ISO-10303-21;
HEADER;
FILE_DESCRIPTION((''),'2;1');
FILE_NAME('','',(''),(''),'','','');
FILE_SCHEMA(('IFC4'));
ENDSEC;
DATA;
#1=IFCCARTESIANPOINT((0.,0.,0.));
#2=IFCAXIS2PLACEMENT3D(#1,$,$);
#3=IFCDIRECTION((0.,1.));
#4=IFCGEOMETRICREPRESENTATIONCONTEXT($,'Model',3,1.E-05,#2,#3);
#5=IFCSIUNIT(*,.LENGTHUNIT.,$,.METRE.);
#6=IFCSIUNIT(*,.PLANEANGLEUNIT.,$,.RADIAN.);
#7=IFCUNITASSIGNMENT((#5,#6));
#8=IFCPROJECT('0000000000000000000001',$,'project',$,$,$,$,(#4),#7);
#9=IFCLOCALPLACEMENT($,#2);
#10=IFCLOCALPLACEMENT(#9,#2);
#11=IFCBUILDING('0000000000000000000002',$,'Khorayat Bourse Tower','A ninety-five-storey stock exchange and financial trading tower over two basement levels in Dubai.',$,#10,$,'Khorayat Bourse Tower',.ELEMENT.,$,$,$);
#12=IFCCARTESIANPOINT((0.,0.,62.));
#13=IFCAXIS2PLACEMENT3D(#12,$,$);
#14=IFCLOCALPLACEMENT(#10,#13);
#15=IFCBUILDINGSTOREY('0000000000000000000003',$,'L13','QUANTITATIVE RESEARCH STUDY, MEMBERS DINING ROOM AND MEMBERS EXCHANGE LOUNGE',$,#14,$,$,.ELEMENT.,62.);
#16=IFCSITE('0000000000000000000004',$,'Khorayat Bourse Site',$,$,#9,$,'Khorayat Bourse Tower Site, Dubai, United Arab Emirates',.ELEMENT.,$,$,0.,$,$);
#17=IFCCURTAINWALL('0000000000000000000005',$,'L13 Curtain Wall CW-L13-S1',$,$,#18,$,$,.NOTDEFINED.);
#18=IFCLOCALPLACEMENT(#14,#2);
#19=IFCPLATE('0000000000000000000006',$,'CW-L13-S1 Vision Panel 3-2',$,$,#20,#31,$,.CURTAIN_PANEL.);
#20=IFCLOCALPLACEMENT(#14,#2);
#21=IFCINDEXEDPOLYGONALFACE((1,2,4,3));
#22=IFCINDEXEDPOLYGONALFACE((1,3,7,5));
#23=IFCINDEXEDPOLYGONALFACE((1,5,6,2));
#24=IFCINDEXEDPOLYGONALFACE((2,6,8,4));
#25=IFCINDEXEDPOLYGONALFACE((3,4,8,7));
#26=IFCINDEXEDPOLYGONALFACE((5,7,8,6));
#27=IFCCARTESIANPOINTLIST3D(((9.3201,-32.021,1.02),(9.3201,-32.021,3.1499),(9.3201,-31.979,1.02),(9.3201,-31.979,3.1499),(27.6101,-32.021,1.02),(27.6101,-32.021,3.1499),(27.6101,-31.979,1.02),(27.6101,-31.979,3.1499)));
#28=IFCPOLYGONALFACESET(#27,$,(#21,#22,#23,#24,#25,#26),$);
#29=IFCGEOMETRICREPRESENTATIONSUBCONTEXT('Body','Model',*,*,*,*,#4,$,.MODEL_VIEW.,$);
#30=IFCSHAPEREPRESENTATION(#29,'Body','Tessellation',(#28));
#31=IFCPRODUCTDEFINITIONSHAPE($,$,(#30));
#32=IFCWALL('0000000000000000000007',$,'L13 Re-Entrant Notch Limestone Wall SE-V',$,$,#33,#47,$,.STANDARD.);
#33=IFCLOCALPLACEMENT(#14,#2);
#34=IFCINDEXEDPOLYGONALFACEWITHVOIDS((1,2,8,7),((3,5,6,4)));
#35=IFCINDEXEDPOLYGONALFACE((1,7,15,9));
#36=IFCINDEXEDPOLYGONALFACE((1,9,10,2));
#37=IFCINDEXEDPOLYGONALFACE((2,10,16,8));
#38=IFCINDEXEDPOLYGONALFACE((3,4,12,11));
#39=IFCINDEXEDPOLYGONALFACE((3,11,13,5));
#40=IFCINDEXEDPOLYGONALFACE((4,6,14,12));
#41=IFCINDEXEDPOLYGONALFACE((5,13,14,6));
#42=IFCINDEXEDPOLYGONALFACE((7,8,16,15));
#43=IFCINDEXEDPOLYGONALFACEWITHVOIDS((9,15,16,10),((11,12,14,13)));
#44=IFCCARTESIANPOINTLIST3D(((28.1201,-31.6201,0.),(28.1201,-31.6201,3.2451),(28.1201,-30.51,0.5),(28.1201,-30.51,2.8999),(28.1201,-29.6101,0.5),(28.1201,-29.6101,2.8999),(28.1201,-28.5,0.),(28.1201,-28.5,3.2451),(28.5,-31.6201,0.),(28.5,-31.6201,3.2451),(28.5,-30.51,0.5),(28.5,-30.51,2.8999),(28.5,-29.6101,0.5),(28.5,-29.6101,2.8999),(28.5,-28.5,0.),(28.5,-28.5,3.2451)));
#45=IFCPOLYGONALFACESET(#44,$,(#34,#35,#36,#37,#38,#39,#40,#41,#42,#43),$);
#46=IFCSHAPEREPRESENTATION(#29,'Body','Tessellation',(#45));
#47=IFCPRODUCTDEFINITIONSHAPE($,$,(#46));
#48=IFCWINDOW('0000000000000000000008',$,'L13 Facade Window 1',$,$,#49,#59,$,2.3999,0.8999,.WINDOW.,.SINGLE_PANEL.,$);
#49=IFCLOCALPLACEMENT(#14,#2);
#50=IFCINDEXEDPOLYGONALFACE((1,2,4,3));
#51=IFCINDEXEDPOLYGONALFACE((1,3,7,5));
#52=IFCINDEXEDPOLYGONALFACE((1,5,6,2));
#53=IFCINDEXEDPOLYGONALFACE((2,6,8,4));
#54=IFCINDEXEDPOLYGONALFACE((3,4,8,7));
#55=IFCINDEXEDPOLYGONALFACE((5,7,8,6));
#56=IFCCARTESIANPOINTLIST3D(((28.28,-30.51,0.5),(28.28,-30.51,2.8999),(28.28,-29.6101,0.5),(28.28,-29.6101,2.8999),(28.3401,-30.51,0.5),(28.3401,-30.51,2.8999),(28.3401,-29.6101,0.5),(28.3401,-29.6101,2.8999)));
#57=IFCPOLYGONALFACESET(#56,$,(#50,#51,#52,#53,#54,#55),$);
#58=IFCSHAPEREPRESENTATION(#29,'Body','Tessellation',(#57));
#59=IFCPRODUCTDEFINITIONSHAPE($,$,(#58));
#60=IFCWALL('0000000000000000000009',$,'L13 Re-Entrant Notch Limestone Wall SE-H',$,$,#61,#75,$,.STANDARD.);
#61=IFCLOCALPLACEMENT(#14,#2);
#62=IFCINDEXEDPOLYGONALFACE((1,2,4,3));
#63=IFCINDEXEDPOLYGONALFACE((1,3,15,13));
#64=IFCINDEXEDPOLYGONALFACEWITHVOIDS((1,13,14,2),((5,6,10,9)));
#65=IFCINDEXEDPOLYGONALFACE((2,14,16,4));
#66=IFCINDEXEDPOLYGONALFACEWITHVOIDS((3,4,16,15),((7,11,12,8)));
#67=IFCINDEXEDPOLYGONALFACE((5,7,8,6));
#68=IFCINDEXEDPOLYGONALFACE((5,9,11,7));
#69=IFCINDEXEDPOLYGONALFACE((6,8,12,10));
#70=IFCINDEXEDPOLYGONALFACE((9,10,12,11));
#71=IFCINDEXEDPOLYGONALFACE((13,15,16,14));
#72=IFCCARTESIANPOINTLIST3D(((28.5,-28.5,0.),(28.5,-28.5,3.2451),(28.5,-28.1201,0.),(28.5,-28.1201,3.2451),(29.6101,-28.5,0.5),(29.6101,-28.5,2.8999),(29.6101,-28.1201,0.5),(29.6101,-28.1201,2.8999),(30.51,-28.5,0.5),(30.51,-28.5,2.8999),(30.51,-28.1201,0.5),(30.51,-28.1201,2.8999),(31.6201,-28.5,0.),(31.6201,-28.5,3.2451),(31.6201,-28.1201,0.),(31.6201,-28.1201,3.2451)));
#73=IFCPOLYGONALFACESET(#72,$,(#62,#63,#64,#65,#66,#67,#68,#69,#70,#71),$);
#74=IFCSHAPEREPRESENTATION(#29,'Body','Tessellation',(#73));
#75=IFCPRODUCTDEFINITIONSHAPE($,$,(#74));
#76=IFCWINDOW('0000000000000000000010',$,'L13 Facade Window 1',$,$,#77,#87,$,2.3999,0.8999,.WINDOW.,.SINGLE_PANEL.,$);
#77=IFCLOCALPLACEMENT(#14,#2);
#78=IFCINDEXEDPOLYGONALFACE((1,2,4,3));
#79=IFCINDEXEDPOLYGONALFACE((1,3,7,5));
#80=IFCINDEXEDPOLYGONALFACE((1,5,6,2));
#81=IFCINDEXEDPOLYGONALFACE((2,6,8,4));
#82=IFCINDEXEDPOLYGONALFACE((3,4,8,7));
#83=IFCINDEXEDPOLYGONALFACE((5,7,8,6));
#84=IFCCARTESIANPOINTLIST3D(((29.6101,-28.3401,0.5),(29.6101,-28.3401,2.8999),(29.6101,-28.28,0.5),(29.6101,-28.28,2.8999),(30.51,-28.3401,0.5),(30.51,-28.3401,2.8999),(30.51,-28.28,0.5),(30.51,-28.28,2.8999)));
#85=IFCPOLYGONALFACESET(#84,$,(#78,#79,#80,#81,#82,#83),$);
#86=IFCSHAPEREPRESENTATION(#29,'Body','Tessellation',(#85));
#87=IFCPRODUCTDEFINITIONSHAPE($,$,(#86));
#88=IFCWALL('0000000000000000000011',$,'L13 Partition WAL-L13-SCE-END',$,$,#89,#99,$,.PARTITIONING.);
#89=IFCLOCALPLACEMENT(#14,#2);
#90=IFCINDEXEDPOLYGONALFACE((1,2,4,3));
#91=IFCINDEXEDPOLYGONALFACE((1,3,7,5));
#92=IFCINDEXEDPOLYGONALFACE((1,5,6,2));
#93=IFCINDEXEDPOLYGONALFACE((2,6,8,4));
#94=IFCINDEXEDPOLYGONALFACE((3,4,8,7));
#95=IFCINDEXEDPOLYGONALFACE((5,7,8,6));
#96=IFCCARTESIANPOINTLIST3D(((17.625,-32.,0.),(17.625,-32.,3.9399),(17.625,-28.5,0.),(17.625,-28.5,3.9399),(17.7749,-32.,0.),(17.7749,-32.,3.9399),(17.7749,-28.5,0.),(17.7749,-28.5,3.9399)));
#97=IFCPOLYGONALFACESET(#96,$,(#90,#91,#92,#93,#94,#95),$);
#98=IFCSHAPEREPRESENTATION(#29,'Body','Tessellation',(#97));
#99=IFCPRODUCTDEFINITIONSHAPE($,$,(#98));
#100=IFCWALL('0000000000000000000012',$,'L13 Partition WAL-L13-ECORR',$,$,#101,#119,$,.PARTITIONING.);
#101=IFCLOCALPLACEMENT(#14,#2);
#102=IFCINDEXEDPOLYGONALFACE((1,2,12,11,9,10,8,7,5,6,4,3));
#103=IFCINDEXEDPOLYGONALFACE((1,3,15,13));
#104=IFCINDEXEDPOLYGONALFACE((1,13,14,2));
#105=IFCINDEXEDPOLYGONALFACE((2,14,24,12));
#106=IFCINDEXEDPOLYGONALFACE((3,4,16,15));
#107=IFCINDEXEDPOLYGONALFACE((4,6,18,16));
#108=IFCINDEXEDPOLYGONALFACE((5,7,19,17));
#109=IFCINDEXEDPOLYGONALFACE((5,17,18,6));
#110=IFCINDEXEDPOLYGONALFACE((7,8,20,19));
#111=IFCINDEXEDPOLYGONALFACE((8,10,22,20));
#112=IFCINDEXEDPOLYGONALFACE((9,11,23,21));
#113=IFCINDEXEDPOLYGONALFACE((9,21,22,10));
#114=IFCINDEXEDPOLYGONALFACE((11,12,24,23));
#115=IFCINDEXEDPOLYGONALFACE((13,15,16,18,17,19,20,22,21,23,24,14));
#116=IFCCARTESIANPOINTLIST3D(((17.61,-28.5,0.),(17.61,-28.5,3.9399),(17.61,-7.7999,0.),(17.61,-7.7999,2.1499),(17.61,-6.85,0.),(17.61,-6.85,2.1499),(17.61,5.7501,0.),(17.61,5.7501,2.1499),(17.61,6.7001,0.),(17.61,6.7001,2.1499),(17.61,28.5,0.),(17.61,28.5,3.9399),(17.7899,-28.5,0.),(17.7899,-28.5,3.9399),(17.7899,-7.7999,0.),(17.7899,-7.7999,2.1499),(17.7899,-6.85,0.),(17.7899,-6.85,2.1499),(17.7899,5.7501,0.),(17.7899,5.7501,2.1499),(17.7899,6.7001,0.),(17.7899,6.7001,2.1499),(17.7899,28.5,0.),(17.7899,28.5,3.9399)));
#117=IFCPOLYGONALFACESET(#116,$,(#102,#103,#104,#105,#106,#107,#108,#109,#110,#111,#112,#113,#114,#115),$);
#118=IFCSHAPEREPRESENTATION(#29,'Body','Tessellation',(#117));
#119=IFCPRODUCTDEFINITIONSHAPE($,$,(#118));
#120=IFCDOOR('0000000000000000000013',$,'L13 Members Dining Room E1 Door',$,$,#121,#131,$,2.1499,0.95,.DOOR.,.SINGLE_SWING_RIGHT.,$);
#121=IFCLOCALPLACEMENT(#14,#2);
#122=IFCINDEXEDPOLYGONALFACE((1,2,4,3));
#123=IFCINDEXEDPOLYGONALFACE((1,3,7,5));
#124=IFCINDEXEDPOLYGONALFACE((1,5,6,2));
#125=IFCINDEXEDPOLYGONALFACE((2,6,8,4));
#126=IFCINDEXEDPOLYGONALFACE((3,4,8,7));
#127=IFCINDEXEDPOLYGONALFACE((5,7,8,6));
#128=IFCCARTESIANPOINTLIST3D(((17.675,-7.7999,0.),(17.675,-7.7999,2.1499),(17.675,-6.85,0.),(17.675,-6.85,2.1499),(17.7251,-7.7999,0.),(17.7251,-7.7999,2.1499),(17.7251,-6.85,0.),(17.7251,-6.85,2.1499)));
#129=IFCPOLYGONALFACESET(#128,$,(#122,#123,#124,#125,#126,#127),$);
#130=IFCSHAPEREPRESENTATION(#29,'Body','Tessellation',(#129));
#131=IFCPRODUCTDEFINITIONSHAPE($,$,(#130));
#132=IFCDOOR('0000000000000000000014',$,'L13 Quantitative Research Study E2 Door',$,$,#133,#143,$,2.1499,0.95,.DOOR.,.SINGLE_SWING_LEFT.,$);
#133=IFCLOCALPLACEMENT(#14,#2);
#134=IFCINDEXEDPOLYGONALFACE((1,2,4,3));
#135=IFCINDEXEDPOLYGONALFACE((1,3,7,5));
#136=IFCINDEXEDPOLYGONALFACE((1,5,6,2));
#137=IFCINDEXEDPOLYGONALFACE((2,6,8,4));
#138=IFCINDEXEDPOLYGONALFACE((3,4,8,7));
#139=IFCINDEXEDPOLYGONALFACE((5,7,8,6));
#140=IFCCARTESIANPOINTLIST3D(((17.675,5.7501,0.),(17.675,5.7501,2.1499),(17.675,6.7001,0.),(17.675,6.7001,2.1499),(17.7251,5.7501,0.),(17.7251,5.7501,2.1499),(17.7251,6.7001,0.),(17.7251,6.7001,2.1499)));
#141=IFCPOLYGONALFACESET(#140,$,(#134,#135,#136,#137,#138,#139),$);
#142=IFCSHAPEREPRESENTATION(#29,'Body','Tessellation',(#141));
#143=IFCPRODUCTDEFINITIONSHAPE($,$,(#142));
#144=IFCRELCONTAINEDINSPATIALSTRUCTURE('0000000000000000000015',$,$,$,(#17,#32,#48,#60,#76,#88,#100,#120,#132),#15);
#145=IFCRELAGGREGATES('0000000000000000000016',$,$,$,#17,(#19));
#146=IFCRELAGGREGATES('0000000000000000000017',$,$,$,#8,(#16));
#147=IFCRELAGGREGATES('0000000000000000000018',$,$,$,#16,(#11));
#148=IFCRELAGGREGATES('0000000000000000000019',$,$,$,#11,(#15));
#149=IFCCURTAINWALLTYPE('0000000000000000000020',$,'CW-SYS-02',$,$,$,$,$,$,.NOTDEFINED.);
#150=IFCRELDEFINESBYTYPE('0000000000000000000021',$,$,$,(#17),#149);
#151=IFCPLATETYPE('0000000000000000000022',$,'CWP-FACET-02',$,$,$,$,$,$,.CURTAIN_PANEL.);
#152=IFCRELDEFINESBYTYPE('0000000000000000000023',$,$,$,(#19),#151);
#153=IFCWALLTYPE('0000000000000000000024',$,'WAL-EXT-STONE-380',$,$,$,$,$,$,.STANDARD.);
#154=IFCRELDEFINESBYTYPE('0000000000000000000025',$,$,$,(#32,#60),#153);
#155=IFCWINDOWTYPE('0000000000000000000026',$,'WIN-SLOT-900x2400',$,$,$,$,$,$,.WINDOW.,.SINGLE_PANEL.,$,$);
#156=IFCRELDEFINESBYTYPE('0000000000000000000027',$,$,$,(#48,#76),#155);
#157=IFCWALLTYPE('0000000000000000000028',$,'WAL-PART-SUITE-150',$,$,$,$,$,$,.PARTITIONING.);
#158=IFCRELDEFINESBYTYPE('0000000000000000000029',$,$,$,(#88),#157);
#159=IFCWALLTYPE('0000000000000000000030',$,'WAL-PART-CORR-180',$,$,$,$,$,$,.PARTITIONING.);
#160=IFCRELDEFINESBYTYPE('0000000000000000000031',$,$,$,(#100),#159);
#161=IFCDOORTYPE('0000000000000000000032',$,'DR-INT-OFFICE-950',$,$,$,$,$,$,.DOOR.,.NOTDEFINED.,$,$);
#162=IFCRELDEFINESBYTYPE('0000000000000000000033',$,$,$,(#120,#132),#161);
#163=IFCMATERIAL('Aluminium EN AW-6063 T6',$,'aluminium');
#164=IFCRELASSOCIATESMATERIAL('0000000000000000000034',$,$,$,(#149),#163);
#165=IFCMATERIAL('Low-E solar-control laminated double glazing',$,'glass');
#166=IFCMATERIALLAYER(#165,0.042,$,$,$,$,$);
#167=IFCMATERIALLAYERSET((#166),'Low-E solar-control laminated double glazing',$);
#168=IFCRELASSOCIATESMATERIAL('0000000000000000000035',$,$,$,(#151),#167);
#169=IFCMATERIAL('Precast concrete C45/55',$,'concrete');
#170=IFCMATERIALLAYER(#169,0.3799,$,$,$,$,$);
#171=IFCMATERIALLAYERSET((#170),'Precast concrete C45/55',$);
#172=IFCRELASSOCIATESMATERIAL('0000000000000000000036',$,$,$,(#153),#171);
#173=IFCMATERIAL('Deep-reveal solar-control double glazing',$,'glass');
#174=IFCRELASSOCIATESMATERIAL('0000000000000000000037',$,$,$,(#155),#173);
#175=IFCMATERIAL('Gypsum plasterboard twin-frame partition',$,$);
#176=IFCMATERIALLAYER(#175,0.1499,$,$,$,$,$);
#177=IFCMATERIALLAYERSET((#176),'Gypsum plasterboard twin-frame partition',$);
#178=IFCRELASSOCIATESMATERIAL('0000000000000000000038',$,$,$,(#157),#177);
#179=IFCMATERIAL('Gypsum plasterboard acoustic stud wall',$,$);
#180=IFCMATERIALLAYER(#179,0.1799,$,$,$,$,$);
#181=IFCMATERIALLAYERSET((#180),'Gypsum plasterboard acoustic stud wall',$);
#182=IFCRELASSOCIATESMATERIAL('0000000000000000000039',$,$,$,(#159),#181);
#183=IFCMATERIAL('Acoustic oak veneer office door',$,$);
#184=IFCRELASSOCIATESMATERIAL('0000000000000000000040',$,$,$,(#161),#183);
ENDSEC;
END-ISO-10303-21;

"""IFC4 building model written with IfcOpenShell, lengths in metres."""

from ifc_helpers import new_model, si_unit, direction, frame, frame_2d, origin, origin_2d, place, context, subcontext, project, spatial, rectangle, extrude, source, transform, mapped, material, layer, layer_set, type_object, element, fill, aggregate, save


model = new_model("IFC4")

# Units and contexts
model_context = context("Model", 3, precision=1e-05, world=origin(), true_north=direction((0.0, 1.0)))
body_context = subcontext(model_context, "Body", "Model", "MODEL_VIEW")
ifc_project = project(units=[si_unit("LENGTHUNIT", "METRE"), si_unit("PLANEANGLEUNIT", "RADIAN")], contexts=[model_context])

# Site, building, storey
site_placement = place(None, origin())
site = spatial("IfcSite", under=ifc_project, at=site_placement, Name="Khorayat Bourse Site", LongName="Khorayat Bourse Tower Site, Dubai, United Arab Emirates", CompositionType="ELEMENT", RefElevation=0.0)
building_placement = place(site_placement, origin())
building = spatial("IfcBuilding", under=site, at=building_placement, Name="Khorayat Bourse Tower", Description="A ninety-five-storey stock exchange and financial trading tower over two basement levels in Dubai.", LongName="Khorayat Bourse Tower", CompositionType="ELEMENT")
storey_placement = place(building_placement, frame((0.0, 0.0, 62.0)))
storey = spatial("IfcBuildingStorey", under=building, at=storey_placement, Name="L13", Description="QUANTITATIVE RESEARCH STUDY, MEMBERS DINING ROOM AND MEMBERS EXCHANGE LOUNGE", CompositionType="ELEMENT", Elevation=62.0)

# Curtain wall
ifc_material_1 = material(Name="Aluminium EN AW-6063 T6", Category="aluminium")
curtain_wall_type = type_object("IfcCurtainWallType", Name="CW-SYS-02", PredefinedType="NOTDEFINED", material=ifc_material_1)
curtain_wall_1_placement = place(storey_placement, origin())
curtain_wall_1 = element("IfcCurtainWall", 1, at=curtain_wall_1_placement, inside=storey, type_object=curtain_wall_type, Name="L13 Curtain Wall CW-L13-S1", PredefinedType="NOTDEFINED")

# Plate
ifc_material_2 = material(Name="Low-E solar-control laminated double glazing", Category="glass")
ifc_layer_1 = layer(ifc_material_2, 0.042)
ifc_layer_set_1 = layer_set([ifc_layer_1], Name="Low-E solar-control laminated double glazing")
plate_type_1 = type_object("IfcPlateType", Name="CWP-FACET-02", PredefinedType="CURTAIN_PANEL", material=ifc_layer_set_1)
shared_shape_1 = source(origin(), body_context, "Body", "SweptSolid", [
    extrude(rectangle(XDim=18.29, YDim=0.042, at=origin_2d()), origin(), (0.0, 0.0, 1.0), 2.1299),
])
plate_1_placement = place(storey_placement, frame((18.4651, -32.0, 1.02), z_axis=(0.0, 0.0, 1.0), x_axis=(1.0, 0.0, 0.0)))
plate_1 = element("IfcPlate", 2, at=plate_1_placement, type_object=plate_type_1, Name="CW-L13-S1 Vision Panel 3-2", PredefinedType="CURTAIN_PANEL", context=body_context, shape_type="MappedRepresentation", body=[
    mapped(shared_shape_1, transform((0.0, 0.0, 0.0), scale=1.0)),
])
aggregate(curtain_wall_1, [plate_1])

# Walls, openings, windows
ifc_material_3 = material(Name="Precast concrete C45/55", Category="concrete")
ifc_layer_2 = layer(ifc_material_3, 0.3799)
ifc_layer_set_2 = layer_set([ifc_layer_2], Name="Precast concrete C45/55")
wall_type_1 = type_object("IfcWallType", Name="WAL-EXT-STONE-380", PredefinedType="STANDARD", material=ifc_layer_set_2)
shared_shape_2 = source(origin(), body_context, "Body", "SweptSolid", [
    extrude(rectangle(XDim=3.1201, YDim=0.3799, at=frame_2d((1.5601, 0.0))), origin(), (0.0, 0.0, 1.0), 3.2451),
])
wall_1_placement = place(storey_placement, frame((28.3101, -31.6201, 0.0), z_axis=(0.0, 0.0, 1.0), x_axis=(0.0, 1.0, 0.0)))
wall_1 = element("IfcWall", 3, at=wall_1_placement, inside=storey, type_object=wall_type_1, Name="L13 Re-Entrant Notch Limestone Wall SE-V", PredefinedType="STANDARD", context=body_context, shape_type="MappedRepresentation", body=[
    mapped(shared_shape_2, transform((0.0, 0.0, 0.0), scale=1.0)),
])
shared_shape_3 = source(origin(), body_context, "Body", "SweptSolid", [
    extrude(rectangle(XDim=0.8999, YDim=2.3999, at=frame_2d((0.45, 1.2))), frame((0.0, 0.2, 0.0), z_axis=(0.0, -1.0, 0.0), x_axis=(1.0, 0.0, 0.0)), (0.0, 0.0, 1.0), 0.3999),
])
opening_1_placement = place(wall_1_placement, frame((1.1101, 0.0, 0.5)))
opening_1 = element("IfcOpeningElement", 4, at=opening_1_placement, cuts=wall_1, PredefinedType="OPENING", context=body_context, shape_type="MappedRepresentation", body=[
    mapped(shared_shape_3, transform((0.0, 0.0, 0.0), scale=1.0)),
])
ifc_material_4 = material(Name="Deep-reveal solar-control double glazing", Category="glass")
window_type = type_object("IfcWindowType", Name="WIN-SLOT-900x2400", PartitioningType="SINGLE_PANEL", PredefinedType="WINDOW", material=ifc_material_4)
shared_shape_4 = source(origin(), body_context, "Body", "SweptSolid", [
    extrude(rectangle(XDim=0.8999, YDim=2.3999, at=frame_2d((0.45, 1.2))), frame((0.0, 0.03, 0.0), z_axis=(0.0, -1.0, 0.0), x_axis=(1.0, 0.0, 0.0)), (0.0, 0.0, 1.0), 0.0601),
])
window_1_placement = place(opening_1_placement, origin())
window_1 = element("IfcWindow", 5, at=window_1_placement, inside=storey, type_object=window_type, Name="L13 Facade Window 1", OverallHeight=2.3999, OverallWidth=0.8999, PartitioningType="SINGLE_PANEL", PredefinedType="WINDOW", context=body_context, shape_type="MappedRepresentation", body=[
    mapped(shared_shape_4, transform((0.0, 0.0, 0.0), scale=1.0)),
])
fill(opening_1, window_1)
wall_2_placement = place(storey_placement, frame((28.5, -28.3101, 0.0), z_axis=(0.0, 0.0, 1.0), x_axis=(1.0, 0.0, 0.0)))
wall_2 = element("IfcWall", 6, at=wall_2_placement, inside=storey, type_object=wall_type_1, Name="L13 Re-Entrant Notch Limestone Wall SE-H", PredefinedType="STANDARD", context=body_context, shape_type="MappedRepresentation", body=[
    mapped(shared_shape_2, transform((0.0, 0.0, 0.0), scale=1.0)),
])
opening_2_placement = place(wall_2_placement, frame((1.1101, 0.0, 0.5)))
opening_2 = element("IfcOpeningElement", 7, at=opening_2_placement, cuts=wall_2, PredefinedType="OPENING", context=body_context, shape_type="MappedRepresentation", body=[
    mapped(shared_shape_3, transform((0.0, 0.0, 0.0), scale=1.0)),
])
window_2_placement = place(opening_2_placement, origin())
window_2 = element("IfcWindow", 8, at=window_2_placement, inside=storey, type_object=window_type, Name="L13 Facade Window 1", OverallHeight=2.3999, OverallWidth=0.8999, PartitioningType="SINGLE_PANEL", PredefinedType="WINDOW", context=body_context, shape_type="MappedRepresentation", body=[
    mapped(shared_shape_4, transform((0.0, 0.0, 0.0), scale=1.0)),
])
fill(opening_2, window_2)

# Wall
ifc_material_5 = material(Name="Gypsum plasterboard twin-frame partition")
ifc_layer_3 = layer(ifc_material_5, 0.1499)
ifc_layer_set_3 = layer_set([ifc_layer_3], Name="Gypsum plasterboard twin-frame partition")
wall_type_2 = type_object("IfcWallType", Name="WAL-PART-SUITE-150", PredefinedType="PARTITIONING", material=ifc_layer_set_3)
shared_shape_5 = source(origin(), body_context, "Body", "SweptSolid", [
    extrude(rectangle(XDim=3.5, YDim=0.1499, at=frame_2d((1.75, 0.0))), origin(), (0.0, 0.0, 1.0), 3.9399),
])
wall_3_placement = place(storey_placement, frame((17.7, -32.0, 0.0), z_axis=(0.0, 0.0, 1.0), x_axis=(0.0, 1.0, 0.0)))
element("IfcWall", 9, at=wall_3_placement, inside=storey, type_object=wall_type_2, Name="L13 Partition WAL-L13-SCE-END", PredefinedType="PARTITIONING", context=body_context, shape_type="MappedRepresentation", body=[
    mapped(shared_shape_5, transform((0.0, 0.0, 0.0), scale=1.0)),
])

# Wall, openings, doors
ifc_material_6 = material(Name="Gypsum plasterboard acoustic stud wall")
ifc_layer_4 = layer(ifc_material_6, 0.1799)
ifc_layer_set_4 = layer_set([ifc_layer_4], Name="Gypsum plasterboard acoustic stud wall")
wall_type_3 = type_object("IfcWallType", Name="WAL-PART-CORR-180", PredefinedType="PARTITIONING", material=ifc_layer_set_4)
shared_shape_6 = source(origin(), body_context, "Body", "SweptSolid", [
    extrude(rectangle(XDim=57.0, YDim=0.1799, at=frame_2d((28.5, 0.0))), origin(), (0.0, 0.0, 1.0), 3.9399),
])
wall_4_placement = place(storey_placement, frame((17.7, -28.5, 0.0), z_axis=(0.0, 0.0, 1.0), x_axis=(0.0, 1.0, 0.0)))
wall_4 = element("IfcWall", 10, at=wall_4_placement, inside=storey, type_object=wall_type_3, Name="L13 Partition WAL-L13-ECORR", PredefinedType="PARTITIONING", context=body_context, shape_type="MappedRepresentation", body=[
    mapped(shared_shape_6, transform((0.0, 0.0, 0.0), scale=1.0)),
])
shared_shape_7 = source(origin(), body_context, "Body", "SweptSolid", [
    extrude(rectangle(XDim=0.95, YDim=2.1499, at=frame_2d((0.4751, 1.075))), frame((0.0, 0.0999, 0.0), z_axis=(0.0, -1.0, 0.0), x_axis=(1.0, 0.0, 0.0)), (0.0, 0.0, 1.0), 0.2),
])
opening_3_placement = place(wall_4_placement, frame((20.7, 0.0, 0.0)))
opening_3 = element("IfcOpeningElement", 11, at=opening_3_placement, cuts=wall_4, PredefinedType="OPENING", context=body_context, shape_type="MappedRepresentation", body=[
    mapped(shared_shape_7, transform((0.0, 0.0, 0.0), scale=1.0)),
])
opening_4_placement = place(wall_4_placement, frame((34.25, 0.0, 0.0)))
opening_4 = element("IfcOpeningElement", 12, at=opening_4_placement, cuts=wall_4, PredefinedType="OPENING", context=body_context, shape_type="MappedRepresentation", body=[
    mapped(shared_shape_7, transform((0.0, 0.0, 0.0), scale=1.0)),
])
ifc_material_7 = material(Name="Acoustic oak veneer office door")
door_type = type_object("IfcDoorType", Name="DR-INT-OFFICE-950", OperationType="NOTDEFINED", PredefinedType="DOOR", material=ifc_material_7)
shared_shape_8 = source(origin(), body_context, "Body", "SweptSolid", [
    extrude(rectangle(XDim=0.95, YDim=2.1499, at=frame_2d((0.4751, 1.075))), frame((0.0, 0.0249, 0.0), z_axis=(0.0, -1.0, 0.0), x_axis=(1.0, 0.0, 0.0)), (0.0, 0.0, 1.0), 0.05),
])
door_1_placement = place(opening_3_placement, origin())
door_1 = element("IfcDoor", 13, at=door_1_placement, inside=storey, type_object=door_type, Name="L13 Members Dining Room E1 Door", OperationType="SINGLE_SWING_RIGHT", OverallHeight=2.1499, OverallWidth=0.95, PredefinedType="DOOR", context=body_context, shape_type="MappedRepresentation", body=[
    mapped(shared_shape_8, transform((0.0, 0.0, 0.0), scale=1.0)),
])
fill(opening_3, door_1)
door_2_placement = place(opening_4_placement, origin())
door_2 = element("IfcDoor", 14, at=door_2_placement, inside=storey, type_object=door_type, Name="L13 Quantitative Research Study E2 Door", OperationType="SINGLE_SWING_LEFT", OverallHeight=2.1499, OverallWidth=0.95, PredefinedType="DOOR", context=body_context, shape_type="MappedRepresentation", body=[
    mapped(shared_shape_8, transform((0.0, 0.0, 0.0), scale=1.0)),
])
fill(opening_4, door_2)

save(model, "model.ifc")
